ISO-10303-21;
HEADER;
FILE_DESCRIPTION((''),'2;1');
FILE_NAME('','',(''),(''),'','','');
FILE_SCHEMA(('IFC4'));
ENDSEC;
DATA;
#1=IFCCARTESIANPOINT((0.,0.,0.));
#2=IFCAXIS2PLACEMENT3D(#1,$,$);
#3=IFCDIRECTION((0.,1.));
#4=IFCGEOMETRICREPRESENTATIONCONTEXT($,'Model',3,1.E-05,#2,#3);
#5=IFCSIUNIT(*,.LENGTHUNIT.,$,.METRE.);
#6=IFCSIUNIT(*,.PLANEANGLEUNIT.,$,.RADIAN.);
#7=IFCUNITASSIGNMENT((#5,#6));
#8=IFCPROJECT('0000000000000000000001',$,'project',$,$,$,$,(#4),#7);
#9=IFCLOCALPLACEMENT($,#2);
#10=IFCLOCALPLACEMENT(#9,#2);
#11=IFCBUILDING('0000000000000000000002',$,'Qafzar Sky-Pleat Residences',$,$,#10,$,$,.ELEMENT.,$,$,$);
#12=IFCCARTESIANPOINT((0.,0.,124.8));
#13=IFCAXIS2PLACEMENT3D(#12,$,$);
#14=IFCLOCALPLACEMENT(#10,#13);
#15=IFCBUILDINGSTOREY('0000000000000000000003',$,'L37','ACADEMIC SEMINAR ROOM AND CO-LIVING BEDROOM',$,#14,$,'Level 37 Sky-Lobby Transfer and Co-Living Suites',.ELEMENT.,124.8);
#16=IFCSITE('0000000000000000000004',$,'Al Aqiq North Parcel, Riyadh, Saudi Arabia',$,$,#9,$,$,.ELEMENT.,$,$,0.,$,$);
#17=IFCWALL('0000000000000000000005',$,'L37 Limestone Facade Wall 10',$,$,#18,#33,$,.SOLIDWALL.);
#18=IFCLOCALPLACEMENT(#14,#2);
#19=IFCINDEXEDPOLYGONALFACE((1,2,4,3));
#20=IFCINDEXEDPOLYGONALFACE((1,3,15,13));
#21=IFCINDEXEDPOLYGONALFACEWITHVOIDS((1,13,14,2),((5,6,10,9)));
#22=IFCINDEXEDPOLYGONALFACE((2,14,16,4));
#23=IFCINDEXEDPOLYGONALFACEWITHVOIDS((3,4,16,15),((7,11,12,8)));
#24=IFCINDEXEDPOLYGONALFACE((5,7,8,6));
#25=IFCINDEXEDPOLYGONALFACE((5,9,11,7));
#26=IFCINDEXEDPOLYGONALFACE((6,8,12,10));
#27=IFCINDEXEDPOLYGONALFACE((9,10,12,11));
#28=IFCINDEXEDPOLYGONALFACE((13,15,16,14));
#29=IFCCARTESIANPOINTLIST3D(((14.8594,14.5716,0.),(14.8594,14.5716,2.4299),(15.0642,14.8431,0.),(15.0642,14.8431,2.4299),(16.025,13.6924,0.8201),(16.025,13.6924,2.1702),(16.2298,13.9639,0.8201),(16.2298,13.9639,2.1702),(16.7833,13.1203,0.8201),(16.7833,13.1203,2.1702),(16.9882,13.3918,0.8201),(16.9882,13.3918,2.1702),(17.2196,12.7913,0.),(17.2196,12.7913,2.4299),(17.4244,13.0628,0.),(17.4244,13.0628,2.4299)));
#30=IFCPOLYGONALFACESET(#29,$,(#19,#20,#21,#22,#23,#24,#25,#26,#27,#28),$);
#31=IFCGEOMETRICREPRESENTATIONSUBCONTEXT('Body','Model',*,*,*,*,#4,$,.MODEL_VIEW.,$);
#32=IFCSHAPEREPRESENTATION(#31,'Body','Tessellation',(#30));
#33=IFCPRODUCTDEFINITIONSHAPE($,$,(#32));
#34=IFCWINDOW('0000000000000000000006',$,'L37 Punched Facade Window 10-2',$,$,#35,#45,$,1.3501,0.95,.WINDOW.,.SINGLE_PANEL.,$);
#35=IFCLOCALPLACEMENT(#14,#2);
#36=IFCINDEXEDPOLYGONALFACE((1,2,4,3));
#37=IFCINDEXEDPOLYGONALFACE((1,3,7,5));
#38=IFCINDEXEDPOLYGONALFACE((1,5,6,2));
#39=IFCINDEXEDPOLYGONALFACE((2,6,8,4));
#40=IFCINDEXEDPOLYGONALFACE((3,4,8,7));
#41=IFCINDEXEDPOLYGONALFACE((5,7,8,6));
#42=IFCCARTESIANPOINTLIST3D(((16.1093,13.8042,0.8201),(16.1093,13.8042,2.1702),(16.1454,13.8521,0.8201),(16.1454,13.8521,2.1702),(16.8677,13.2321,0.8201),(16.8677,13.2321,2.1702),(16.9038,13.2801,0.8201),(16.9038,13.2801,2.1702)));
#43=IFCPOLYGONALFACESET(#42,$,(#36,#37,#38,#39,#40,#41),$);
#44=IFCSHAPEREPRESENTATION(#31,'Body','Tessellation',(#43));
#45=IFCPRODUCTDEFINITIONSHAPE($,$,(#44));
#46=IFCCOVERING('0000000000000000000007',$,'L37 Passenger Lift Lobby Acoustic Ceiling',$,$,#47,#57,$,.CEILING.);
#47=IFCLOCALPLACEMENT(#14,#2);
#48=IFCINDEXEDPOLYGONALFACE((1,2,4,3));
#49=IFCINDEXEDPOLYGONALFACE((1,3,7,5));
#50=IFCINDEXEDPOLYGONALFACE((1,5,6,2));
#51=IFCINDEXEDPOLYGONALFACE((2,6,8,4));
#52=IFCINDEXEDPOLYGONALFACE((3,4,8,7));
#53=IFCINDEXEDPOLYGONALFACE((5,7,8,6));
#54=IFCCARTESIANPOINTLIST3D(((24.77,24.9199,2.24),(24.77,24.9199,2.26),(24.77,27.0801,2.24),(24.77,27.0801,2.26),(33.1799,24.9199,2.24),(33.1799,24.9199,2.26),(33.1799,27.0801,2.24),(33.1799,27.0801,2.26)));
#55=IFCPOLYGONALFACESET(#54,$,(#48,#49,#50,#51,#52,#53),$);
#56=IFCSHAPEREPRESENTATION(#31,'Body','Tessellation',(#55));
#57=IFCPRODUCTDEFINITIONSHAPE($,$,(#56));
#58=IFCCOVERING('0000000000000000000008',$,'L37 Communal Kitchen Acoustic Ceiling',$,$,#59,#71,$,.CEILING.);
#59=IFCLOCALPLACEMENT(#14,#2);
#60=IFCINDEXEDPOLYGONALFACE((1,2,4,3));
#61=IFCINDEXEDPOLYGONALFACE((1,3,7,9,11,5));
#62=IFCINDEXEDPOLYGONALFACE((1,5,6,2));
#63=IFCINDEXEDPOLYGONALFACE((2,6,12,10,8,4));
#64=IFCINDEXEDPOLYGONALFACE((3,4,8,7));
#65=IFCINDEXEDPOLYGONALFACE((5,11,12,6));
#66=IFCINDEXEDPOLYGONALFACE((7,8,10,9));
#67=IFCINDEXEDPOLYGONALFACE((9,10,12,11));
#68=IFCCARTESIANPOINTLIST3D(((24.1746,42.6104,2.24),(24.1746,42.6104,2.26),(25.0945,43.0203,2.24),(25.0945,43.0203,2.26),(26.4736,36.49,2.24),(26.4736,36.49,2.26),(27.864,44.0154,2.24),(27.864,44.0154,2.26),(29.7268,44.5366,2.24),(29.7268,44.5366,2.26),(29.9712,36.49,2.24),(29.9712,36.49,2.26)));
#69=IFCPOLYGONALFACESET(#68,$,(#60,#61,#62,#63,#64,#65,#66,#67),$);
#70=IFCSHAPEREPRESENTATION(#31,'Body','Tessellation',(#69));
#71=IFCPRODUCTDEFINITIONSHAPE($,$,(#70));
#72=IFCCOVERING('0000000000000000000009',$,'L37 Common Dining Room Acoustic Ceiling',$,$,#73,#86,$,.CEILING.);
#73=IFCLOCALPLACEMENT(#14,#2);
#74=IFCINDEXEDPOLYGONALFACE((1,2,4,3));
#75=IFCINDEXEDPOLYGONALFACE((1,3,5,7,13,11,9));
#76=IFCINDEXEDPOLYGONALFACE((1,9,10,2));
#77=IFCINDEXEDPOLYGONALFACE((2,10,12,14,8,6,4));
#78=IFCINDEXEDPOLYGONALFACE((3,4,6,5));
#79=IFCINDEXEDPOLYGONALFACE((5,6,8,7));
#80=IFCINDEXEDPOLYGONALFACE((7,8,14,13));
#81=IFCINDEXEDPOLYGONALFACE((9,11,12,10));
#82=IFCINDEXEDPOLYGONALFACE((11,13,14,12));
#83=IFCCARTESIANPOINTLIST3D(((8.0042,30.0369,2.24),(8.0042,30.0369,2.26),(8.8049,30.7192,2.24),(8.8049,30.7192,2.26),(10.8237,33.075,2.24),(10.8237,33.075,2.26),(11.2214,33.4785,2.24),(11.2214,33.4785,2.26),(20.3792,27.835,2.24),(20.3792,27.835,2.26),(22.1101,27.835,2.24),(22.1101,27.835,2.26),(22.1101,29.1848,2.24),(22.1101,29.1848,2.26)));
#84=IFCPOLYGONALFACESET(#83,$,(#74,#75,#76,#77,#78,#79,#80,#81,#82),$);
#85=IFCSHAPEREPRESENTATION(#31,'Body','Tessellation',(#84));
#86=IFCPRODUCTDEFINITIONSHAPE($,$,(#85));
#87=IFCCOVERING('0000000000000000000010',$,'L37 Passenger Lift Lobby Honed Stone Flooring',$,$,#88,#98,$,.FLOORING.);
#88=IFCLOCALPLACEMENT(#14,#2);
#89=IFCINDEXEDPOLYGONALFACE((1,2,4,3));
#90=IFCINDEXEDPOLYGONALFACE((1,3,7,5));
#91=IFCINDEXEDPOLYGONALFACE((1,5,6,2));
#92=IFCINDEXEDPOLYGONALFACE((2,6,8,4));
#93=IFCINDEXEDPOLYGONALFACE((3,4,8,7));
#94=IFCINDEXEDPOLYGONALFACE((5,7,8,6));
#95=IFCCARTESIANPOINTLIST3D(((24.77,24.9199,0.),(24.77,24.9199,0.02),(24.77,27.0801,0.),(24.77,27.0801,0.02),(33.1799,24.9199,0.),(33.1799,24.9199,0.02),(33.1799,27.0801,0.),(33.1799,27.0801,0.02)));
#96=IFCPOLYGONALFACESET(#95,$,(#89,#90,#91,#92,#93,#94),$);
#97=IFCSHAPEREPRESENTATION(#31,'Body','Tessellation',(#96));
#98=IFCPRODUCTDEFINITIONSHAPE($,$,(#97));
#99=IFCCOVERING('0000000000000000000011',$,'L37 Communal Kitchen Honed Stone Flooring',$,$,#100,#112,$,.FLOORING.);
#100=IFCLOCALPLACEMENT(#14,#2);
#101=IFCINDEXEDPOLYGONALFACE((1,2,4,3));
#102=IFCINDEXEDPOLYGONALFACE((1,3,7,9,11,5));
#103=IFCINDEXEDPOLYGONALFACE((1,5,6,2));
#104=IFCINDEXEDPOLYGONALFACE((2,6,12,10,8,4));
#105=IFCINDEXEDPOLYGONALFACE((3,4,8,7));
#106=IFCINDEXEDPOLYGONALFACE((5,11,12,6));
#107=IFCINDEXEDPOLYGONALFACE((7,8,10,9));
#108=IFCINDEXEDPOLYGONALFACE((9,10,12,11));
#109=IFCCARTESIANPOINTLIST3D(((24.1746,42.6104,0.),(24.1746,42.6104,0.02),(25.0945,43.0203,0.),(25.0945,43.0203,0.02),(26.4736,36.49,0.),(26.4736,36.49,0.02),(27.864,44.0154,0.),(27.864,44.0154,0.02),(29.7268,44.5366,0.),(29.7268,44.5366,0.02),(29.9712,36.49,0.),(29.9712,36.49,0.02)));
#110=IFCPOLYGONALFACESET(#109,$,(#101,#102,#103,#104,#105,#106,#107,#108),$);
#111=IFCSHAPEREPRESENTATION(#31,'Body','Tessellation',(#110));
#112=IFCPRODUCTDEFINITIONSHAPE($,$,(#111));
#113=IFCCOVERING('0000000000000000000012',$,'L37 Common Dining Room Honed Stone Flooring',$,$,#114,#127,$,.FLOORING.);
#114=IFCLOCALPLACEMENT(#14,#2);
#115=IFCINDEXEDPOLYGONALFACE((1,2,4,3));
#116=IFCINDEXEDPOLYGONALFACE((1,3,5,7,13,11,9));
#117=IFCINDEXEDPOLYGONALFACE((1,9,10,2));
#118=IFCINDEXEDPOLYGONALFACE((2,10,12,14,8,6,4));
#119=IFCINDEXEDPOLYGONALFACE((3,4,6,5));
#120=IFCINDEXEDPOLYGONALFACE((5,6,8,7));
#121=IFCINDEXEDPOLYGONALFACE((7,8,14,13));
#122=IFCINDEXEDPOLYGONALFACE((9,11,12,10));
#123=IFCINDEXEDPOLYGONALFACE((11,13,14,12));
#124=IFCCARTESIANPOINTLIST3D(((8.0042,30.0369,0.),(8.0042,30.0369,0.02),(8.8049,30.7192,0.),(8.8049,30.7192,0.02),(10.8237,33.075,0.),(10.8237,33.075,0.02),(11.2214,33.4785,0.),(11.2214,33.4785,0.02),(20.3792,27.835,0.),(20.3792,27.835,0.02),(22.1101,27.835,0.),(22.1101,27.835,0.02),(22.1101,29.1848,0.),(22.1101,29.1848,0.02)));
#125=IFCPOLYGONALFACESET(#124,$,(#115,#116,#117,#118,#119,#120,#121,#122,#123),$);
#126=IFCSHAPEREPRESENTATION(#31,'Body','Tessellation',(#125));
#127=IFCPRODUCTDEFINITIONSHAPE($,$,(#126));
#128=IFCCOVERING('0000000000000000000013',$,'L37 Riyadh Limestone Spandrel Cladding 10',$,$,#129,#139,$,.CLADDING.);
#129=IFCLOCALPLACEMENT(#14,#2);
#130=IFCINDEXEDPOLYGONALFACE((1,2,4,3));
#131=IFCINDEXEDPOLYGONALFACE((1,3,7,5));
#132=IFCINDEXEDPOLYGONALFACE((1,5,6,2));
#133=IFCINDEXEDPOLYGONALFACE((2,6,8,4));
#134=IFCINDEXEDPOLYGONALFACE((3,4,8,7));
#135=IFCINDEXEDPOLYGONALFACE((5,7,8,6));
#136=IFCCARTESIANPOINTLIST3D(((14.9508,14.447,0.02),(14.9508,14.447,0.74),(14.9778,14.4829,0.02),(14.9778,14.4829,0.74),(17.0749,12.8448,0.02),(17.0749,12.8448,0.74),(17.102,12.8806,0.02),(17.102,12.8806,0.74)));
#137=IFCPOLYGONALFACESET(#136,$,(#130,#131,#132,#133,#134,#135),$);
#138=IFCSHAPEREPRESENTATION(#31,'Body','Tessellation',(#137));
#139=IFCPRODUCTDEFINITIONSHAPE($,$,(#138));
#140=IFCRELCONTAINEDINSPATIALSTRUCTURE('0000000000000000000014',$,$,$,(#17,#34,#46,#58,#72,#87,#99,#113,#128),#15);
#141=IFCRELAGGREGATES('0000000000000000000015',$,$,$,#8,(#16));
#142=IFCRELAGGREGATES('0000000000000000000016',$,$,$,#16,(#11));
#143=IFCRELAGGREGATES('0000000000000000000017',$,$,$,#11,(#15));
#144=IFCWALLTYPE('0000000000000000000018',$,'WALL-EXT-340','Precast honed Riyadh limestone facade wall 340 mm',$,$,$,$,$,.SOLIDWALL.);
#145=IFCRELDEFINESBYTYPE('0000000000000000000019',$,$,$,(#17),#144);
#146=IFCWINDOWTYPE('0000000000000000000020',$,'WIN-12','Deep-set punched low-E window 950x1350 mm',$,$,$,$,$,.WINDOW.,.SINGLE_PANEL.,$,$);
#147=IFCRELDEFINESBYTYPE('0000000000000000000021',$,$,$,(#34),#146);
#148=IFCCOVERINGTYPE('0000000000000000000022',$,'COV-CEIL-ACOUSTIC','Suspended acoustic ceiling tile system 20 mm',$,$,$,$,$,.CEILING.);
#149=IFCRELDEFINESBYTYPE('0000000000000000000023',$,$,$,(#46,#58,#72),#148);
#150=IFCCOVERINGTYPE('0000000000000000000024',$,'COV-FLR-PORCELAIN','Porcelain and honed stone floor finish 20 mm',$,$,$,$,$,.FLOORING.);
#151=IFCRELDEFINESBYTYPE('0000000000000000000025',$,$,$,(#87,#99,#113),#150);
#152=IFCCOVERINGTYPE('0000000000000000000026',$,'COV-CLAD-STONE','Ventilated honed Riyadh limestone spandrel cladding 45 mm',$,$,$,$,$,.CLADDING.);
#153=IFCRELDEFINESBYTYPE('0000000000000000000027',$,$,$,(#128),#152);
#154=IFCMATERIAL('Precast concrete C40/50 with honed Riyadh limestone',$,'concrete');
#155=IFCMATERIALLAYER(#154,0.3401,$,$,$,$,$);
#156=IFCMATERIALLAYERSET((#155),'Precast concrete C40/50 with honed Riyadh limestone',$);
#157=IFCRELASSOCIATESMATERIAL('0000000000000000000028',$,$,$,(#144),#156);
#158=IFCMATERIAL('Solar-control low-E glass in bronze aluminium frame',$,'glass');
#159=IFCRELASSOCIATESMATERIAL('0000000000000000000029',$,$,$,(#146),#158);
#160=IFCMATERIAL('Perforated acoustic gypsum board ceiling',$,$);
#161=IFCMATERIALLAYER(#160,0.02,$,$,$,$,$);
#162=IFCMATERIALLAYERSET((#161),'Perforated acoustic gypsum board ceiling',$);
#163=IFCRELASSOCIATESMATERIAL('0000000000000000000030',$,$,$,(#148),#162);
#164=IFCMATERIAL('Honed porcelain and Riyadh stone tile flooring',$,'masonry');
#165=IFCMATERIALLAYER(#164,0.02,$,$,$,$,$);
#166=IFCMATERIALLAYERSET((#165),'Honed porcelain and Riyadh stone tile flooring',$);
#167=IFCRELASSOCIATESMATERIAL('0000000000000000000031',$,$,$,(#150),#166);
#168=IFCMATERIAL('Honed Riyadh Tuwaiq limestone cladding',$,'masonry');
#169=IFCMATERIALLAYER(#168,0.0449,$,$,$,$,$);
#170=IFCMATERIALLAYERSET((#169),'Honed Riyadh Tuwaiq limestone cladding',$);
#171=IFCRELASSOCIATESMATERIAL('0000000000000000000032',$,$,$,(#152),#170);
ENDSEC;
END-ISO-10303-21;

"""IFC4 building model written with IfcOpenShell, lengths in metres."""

from ifc_helpers import new_model, si_unit, direction, frame, frame_2d, origin, origin_2d, place, context, subcontext, project, spatial, polyline, rectangle, outline, extrude, source, transform, mapped, material, layer, layer_set, type_object, element, fill, save


model = new_model("IFC4")

# Units and contexts
model_context = context("Model", 3, precision=1e-05, world=origin(), true_north=direction((0.0, 1.0)))
body_context = subcontext(model_context, "Body", "Model", "MODEL_VIEW")
ifc_project = project(units=[si_unit("LENGTHUNIT", "METRE"), si_unit("PLANEANGLEUNIT", "RADIAN")], contexts=[model_context])

# Site, building, storey
site_placement = place(None, origin())
site = spatial("IfcSite", under=ifc_project, at=site_placement, Name="Al Aqiq North Parcel, Riyadh, Saudi Arabia", CompositionType="ELEMENT", RefElevation=0.0)
building_placement = place(site_placement, origin())
building = spatial("IfcBuilding", under=site, at=building_placement, Name="Qafzar Sky-Pleat Residences", CompositionType="ELEMENT")
storey_placement = place(building_placement, frame((0.0, 0.0, 124.8)))
storey = spatial("IfcBuildingStorey", under=building, at=storey_placement, Name="L37", Description="ACADEMIC SEMINAR ROOM AND CO-LIVING BEDROOM", LongName="Level 37 Sky-Lobby Transfer and Co-Living Suites", CompositionType="ELEMENT", Elevation=124.8)

# Wall, opening, window
ifc_material_1 = material(Name="Precast concrete C40/50 with honed Riyadh limestone", Category="concrete")
ifc_layer_1 = layer(ifc_material_1, 0.3401)
ifc_layer_set_1 = layer_set([ifc_layer_1], Name="Precast concrete C40/50 with honed Riyadh limestone")
wall_type_1 = type_object("IfcWallType", Name="WALL-EXT-340", Description="Precast honed Riyadh limestone facade wall 340 mm", PredefinedType="SOLIDWALL", material=ifc_layer_set_1)
wall_1_placement = place(storey_placement, frame((14.9619, 14.7073, 0.0), z_axis=(0.0, 0.0, 1.0), x_axis=(0.798342, -0.602204, 0.0)))
wall_1 = element("IfcWall", 1, at=wall_1_placement, inside=storey, type_object=wall_type_1, Name="L37 Limestone Facade Wall 10", PredefinedType="SOLIDWALL", context=body_context, shape_type="SweptSolid", body=[
    extrude(rectangle(XDim=2.9563, YDim=0.3401, at=frame_2d((1.478, 0.0))), origin(), (0.0, 0.0, 1.0), 2.4299),
])
opening_placement = place(wall_1_placement, frame((1.4597, 0.0, 0.8201)))
opening = element("IfcOpeningElement", 2, at=opening_placement, cuts=wall_1, PredefinedType="OPENING", context=body_context, shape_type="SweptSolid", body=[
    extrude(rectangle(XDim=0.95, YDim=1.3501, at=frame_2d((0.4751, 0.675))), frame((0.0, 0.1802, 0.0), z_axis=(0.0, -1.0, 0.0), x_axis=(1.0, 0.0, 0.0)), (0.0, 0.0, 1.0), 0.3601),
])
ifc_material_2 = material(Name="Solar-control low-E glass in bronze aluminium frame", Category="glass")
window_type = type_object("IfcWindowType", Name="WIN-12", Description="Deep-set punched low-E window 950x1350 mm", PartitioningType="SINGLE_PANEL", PredefinedType="WINDOW", material=ifc_material_2)
shared_shape_1 = source(origin(), body_context, "Body", "SweptSolid", [
    extrude(rectangle(XDim=0.95, YDim=1.3501, at=frame_2d((0.4751, 0.675))), frame((0.0, 0.03, 0.0), z_axis=(0.0, -1.0, 0.0), x_axis=(1.0, 0.0, 0.0)), (0.0, 0.0, 1.0), 0.0601),
])
window_placement = place(opening_placement, origin())
window = element("IfcWindow", 3, at=window_placement, inside=storey, type_object=window_type, Name="L37 Punched Facade Window 10-2", OverallHeight=1.3501, OverallWidth=0.95, PartitioningType="SINGLE_PANEL", PredefinedType="WINDOW", context=body_context, shape_type="MappedRepresentation", body=[
    mapped(shared_shape_1, transform((0.0, 0.0, 0.0), x_axis=(1.0, 0.0, 0.0), y_axis=(0.0, 1.0, 0.0), z_axis=(0.0, 0.0, 1.0), scale=1.0)),
])
fill(opening, window)

# Coverings
ifc_material_3 = material(Name="Perforated acoustic gypsum board ceiling")
ifc_layer_2 = layer(ifc_material_3, 0.02)
ifc_layer_set_2 = layer_set([ifc_layer_2], Name="Perforated acoustic gypsum board ceiling")
covering_type_1 = type_object("IfcCoveringType", Name="COV-CEIL-ACOUSTIC", Description="Suspended acoustic ceiling tile system 20 mm", PredefinedType="CEILING", material=ifc_layer_set_2)
covering_1_placement = place(storey_placement, frame((0.0, 0.0, 2.24)))
element("IfcCovering", 4, at=covering_1_placement, inside=storey, type_object=covering_type_1, Name="L37 Passenger Lift Lobby Acoustic Ceiling", PredefinedType="CEILING", context=body_context, shape_type="SweptSolid", body=[
    extrude(outline(polyline([(33.1799, 24.9199), (24.77, 24.9199), (24.77, 27.0801), (33.1799, 27.0801), (33.1799, 24.9199)])), origin(), (0.0, 0.0, 1.0), 0.02),
])
covering_2_placement = place(storey_placement, frame((0.0, 0.0, 2.24)))
element("IfcCovering", 5, at=covering_2_placement, inside=storey, type_object=covering_type_1, Name="L37 Communal Kitchen Acoustic Ceiling", PredefinedType="CEILING", context=body_context, shape_type="SweptSolid", body=[
    extrude(outline(polyline([(27.864, 44.0154), (29.7268, 44.5366), (29.9712, 36.49), (26.4736, 36.49), (24.1746, 42.6104), (25.0945, 43.0203), (27.864, 44.0154)])), origin(), (0.0, 0.0, 1.0), 0.02),
])
covering_3_placement = place(storey_placement, frame((0.0, 0.0, 2.24)))
element("IfcCovering", 6, at=covering_3_placement, inside=storey, type_object=covering_type_1, Name="L37 Common Dining Room Acoustic Ceiling", PredefinedType="CEILING", context=body_context, shape_type="SweptSolid", body=[
    extrude(outline(polyline([(22.1101, 27.835), (20.3792, 27.835), (8.0042, 30.0369), (8.8049, 30.7192), (10.8237, 33.075), (11.2214, 33.4785), (22.1101, 29.1848), (22.1101, 27.835)])), origin(), (0.0, 0.0, 1.0), 0.02),
])
ifc_material_4 = material(Name="Honed porcelain and Riyadh stone tile flooring", Category="masonry")
ifc_layer_3 = layer(ifc_material_4, 0.02)
ifc_layer_set_3 = layer_set([ifc_layer_3], Name="Honed porcelain and Riyadh stone tile flooring")
covering_type_2 = type_object("IfcCoveringType", Name="COV-FLR-PORCELAIN", Description="Porcelain and honed stone floor finish 20 mm", PredefinedType="FLOORING", material=ifc_layer_set_3)
covering_4_placement = place(storey_placement, origin())
element("IfcCovering", 7, at=covering_4_placement, inside=storey, type_object=covering_type_2, Name="L37 Passenger Lift Lobby Honed Stone Flooring", PredefinedType="FLOORING", context=body_context, shape_type="SweptSolid", body=[
    extrude(outline(polyline([(33.1799, 24.9199), (24.77, 24.9199), (24.77, 27.0801), (33.1799, 27.0801), (33.1799, 24.9199)])), origin(), (0.0, 0.0, 1.0), 0.02),
])
covering_5_placement = place(storey_placement, origin())
element("IfcCovering", 8, at=covering_5_placement, inside=storey, type_object=covering_type_2, Name="L37 Communal Kitchen Honed Stone Flooring", PredefinedType="FLOORING", context=body_context, shape_type="SweptSolid", body=[
    extrude(outline(polyline([(27.864, 44.0154), (29.7268, 44.5366), (29.9712, 36.49), (26.4736, 36.49), (24.1746, 42.6104), (25.0945, 43.0203), (27.864, 44.0154)])), origin(), (0.0, 0.0, 1.0), 0.02),
])
covering_6_placement = place(storey_placement, origin())
element("IfcCovering", 9, at=covering_6_placement, inside=storey, type_object=covering_type_2, Name="L37 Common Dining Room Honed Stone Flooring", PredefinedType="FLOORING", context=body_context, shape_type="SweptSolid", body=[
    extrude(outline(polyline([(22.1101, 27.835), (20.3792, 27.835), (8.0042, 30.0369), (8.8049, 30.7192), (10.8237, 33.075), (11.2214, 33.4785), (22.1101, 29.1848), (22.1101, 27.835)])), origin(), (0.0, 0.0, 1.0), 0.02),
])
ifc_material_5 = material(Name="Honed Riyadh Tuwaiq limestone cladding", Category="masonry")
ifc_layer_4 = layer(ifc_material_5, 0.0449)
ifc_layer_set_4 = layer_set([ifc_layer_4], Name="Honed Riyadh Tuwaiq limestone cladding")
covering_type_3 = type_object("IfcCoveringType", Name="COV-CLAD-STONE", Description="Ventilated honed Riyadh limestone spandrel cladding 45 mm", PredefinedType="CLADDING", material=ifc_layer_set_4)
shared_shape_2 = source(origin(), body_context, "Body", "SweptSolid", [
    extrude(rectangle(XDim=2.6606, YDim=0.0449, at=origin_2d()), origin(), (0.0, 0.0, 1.0), 0.72),
])
covering_7_placement = place(storey_placement, frame((16.0264, 13.6638, 0.02), z_axis=(0.0, 0.0, 1.0), x_axis=(0.798349, -0.602195, 0.0)))
element("IfcCovering", 10, at=covering_7_placement, inside=storey, type_object=covering_type_3, Name="L37 Riyadh Limestone Spandrel Cladding 10", PredefinedType="CLADDING", context=body_context, shape_type="MappedRepresentation", body=[
    mapped(shared_shape_2, transform((0.0, 0.0, 0.0), x_axis=(1.0, 0.0, 0.0), y_axis=(0.0, 1.0, 0.0), z_axis=(0.0, 0.0, 1.0), scale=1.0)),
])

save(model, "model.ifc")
